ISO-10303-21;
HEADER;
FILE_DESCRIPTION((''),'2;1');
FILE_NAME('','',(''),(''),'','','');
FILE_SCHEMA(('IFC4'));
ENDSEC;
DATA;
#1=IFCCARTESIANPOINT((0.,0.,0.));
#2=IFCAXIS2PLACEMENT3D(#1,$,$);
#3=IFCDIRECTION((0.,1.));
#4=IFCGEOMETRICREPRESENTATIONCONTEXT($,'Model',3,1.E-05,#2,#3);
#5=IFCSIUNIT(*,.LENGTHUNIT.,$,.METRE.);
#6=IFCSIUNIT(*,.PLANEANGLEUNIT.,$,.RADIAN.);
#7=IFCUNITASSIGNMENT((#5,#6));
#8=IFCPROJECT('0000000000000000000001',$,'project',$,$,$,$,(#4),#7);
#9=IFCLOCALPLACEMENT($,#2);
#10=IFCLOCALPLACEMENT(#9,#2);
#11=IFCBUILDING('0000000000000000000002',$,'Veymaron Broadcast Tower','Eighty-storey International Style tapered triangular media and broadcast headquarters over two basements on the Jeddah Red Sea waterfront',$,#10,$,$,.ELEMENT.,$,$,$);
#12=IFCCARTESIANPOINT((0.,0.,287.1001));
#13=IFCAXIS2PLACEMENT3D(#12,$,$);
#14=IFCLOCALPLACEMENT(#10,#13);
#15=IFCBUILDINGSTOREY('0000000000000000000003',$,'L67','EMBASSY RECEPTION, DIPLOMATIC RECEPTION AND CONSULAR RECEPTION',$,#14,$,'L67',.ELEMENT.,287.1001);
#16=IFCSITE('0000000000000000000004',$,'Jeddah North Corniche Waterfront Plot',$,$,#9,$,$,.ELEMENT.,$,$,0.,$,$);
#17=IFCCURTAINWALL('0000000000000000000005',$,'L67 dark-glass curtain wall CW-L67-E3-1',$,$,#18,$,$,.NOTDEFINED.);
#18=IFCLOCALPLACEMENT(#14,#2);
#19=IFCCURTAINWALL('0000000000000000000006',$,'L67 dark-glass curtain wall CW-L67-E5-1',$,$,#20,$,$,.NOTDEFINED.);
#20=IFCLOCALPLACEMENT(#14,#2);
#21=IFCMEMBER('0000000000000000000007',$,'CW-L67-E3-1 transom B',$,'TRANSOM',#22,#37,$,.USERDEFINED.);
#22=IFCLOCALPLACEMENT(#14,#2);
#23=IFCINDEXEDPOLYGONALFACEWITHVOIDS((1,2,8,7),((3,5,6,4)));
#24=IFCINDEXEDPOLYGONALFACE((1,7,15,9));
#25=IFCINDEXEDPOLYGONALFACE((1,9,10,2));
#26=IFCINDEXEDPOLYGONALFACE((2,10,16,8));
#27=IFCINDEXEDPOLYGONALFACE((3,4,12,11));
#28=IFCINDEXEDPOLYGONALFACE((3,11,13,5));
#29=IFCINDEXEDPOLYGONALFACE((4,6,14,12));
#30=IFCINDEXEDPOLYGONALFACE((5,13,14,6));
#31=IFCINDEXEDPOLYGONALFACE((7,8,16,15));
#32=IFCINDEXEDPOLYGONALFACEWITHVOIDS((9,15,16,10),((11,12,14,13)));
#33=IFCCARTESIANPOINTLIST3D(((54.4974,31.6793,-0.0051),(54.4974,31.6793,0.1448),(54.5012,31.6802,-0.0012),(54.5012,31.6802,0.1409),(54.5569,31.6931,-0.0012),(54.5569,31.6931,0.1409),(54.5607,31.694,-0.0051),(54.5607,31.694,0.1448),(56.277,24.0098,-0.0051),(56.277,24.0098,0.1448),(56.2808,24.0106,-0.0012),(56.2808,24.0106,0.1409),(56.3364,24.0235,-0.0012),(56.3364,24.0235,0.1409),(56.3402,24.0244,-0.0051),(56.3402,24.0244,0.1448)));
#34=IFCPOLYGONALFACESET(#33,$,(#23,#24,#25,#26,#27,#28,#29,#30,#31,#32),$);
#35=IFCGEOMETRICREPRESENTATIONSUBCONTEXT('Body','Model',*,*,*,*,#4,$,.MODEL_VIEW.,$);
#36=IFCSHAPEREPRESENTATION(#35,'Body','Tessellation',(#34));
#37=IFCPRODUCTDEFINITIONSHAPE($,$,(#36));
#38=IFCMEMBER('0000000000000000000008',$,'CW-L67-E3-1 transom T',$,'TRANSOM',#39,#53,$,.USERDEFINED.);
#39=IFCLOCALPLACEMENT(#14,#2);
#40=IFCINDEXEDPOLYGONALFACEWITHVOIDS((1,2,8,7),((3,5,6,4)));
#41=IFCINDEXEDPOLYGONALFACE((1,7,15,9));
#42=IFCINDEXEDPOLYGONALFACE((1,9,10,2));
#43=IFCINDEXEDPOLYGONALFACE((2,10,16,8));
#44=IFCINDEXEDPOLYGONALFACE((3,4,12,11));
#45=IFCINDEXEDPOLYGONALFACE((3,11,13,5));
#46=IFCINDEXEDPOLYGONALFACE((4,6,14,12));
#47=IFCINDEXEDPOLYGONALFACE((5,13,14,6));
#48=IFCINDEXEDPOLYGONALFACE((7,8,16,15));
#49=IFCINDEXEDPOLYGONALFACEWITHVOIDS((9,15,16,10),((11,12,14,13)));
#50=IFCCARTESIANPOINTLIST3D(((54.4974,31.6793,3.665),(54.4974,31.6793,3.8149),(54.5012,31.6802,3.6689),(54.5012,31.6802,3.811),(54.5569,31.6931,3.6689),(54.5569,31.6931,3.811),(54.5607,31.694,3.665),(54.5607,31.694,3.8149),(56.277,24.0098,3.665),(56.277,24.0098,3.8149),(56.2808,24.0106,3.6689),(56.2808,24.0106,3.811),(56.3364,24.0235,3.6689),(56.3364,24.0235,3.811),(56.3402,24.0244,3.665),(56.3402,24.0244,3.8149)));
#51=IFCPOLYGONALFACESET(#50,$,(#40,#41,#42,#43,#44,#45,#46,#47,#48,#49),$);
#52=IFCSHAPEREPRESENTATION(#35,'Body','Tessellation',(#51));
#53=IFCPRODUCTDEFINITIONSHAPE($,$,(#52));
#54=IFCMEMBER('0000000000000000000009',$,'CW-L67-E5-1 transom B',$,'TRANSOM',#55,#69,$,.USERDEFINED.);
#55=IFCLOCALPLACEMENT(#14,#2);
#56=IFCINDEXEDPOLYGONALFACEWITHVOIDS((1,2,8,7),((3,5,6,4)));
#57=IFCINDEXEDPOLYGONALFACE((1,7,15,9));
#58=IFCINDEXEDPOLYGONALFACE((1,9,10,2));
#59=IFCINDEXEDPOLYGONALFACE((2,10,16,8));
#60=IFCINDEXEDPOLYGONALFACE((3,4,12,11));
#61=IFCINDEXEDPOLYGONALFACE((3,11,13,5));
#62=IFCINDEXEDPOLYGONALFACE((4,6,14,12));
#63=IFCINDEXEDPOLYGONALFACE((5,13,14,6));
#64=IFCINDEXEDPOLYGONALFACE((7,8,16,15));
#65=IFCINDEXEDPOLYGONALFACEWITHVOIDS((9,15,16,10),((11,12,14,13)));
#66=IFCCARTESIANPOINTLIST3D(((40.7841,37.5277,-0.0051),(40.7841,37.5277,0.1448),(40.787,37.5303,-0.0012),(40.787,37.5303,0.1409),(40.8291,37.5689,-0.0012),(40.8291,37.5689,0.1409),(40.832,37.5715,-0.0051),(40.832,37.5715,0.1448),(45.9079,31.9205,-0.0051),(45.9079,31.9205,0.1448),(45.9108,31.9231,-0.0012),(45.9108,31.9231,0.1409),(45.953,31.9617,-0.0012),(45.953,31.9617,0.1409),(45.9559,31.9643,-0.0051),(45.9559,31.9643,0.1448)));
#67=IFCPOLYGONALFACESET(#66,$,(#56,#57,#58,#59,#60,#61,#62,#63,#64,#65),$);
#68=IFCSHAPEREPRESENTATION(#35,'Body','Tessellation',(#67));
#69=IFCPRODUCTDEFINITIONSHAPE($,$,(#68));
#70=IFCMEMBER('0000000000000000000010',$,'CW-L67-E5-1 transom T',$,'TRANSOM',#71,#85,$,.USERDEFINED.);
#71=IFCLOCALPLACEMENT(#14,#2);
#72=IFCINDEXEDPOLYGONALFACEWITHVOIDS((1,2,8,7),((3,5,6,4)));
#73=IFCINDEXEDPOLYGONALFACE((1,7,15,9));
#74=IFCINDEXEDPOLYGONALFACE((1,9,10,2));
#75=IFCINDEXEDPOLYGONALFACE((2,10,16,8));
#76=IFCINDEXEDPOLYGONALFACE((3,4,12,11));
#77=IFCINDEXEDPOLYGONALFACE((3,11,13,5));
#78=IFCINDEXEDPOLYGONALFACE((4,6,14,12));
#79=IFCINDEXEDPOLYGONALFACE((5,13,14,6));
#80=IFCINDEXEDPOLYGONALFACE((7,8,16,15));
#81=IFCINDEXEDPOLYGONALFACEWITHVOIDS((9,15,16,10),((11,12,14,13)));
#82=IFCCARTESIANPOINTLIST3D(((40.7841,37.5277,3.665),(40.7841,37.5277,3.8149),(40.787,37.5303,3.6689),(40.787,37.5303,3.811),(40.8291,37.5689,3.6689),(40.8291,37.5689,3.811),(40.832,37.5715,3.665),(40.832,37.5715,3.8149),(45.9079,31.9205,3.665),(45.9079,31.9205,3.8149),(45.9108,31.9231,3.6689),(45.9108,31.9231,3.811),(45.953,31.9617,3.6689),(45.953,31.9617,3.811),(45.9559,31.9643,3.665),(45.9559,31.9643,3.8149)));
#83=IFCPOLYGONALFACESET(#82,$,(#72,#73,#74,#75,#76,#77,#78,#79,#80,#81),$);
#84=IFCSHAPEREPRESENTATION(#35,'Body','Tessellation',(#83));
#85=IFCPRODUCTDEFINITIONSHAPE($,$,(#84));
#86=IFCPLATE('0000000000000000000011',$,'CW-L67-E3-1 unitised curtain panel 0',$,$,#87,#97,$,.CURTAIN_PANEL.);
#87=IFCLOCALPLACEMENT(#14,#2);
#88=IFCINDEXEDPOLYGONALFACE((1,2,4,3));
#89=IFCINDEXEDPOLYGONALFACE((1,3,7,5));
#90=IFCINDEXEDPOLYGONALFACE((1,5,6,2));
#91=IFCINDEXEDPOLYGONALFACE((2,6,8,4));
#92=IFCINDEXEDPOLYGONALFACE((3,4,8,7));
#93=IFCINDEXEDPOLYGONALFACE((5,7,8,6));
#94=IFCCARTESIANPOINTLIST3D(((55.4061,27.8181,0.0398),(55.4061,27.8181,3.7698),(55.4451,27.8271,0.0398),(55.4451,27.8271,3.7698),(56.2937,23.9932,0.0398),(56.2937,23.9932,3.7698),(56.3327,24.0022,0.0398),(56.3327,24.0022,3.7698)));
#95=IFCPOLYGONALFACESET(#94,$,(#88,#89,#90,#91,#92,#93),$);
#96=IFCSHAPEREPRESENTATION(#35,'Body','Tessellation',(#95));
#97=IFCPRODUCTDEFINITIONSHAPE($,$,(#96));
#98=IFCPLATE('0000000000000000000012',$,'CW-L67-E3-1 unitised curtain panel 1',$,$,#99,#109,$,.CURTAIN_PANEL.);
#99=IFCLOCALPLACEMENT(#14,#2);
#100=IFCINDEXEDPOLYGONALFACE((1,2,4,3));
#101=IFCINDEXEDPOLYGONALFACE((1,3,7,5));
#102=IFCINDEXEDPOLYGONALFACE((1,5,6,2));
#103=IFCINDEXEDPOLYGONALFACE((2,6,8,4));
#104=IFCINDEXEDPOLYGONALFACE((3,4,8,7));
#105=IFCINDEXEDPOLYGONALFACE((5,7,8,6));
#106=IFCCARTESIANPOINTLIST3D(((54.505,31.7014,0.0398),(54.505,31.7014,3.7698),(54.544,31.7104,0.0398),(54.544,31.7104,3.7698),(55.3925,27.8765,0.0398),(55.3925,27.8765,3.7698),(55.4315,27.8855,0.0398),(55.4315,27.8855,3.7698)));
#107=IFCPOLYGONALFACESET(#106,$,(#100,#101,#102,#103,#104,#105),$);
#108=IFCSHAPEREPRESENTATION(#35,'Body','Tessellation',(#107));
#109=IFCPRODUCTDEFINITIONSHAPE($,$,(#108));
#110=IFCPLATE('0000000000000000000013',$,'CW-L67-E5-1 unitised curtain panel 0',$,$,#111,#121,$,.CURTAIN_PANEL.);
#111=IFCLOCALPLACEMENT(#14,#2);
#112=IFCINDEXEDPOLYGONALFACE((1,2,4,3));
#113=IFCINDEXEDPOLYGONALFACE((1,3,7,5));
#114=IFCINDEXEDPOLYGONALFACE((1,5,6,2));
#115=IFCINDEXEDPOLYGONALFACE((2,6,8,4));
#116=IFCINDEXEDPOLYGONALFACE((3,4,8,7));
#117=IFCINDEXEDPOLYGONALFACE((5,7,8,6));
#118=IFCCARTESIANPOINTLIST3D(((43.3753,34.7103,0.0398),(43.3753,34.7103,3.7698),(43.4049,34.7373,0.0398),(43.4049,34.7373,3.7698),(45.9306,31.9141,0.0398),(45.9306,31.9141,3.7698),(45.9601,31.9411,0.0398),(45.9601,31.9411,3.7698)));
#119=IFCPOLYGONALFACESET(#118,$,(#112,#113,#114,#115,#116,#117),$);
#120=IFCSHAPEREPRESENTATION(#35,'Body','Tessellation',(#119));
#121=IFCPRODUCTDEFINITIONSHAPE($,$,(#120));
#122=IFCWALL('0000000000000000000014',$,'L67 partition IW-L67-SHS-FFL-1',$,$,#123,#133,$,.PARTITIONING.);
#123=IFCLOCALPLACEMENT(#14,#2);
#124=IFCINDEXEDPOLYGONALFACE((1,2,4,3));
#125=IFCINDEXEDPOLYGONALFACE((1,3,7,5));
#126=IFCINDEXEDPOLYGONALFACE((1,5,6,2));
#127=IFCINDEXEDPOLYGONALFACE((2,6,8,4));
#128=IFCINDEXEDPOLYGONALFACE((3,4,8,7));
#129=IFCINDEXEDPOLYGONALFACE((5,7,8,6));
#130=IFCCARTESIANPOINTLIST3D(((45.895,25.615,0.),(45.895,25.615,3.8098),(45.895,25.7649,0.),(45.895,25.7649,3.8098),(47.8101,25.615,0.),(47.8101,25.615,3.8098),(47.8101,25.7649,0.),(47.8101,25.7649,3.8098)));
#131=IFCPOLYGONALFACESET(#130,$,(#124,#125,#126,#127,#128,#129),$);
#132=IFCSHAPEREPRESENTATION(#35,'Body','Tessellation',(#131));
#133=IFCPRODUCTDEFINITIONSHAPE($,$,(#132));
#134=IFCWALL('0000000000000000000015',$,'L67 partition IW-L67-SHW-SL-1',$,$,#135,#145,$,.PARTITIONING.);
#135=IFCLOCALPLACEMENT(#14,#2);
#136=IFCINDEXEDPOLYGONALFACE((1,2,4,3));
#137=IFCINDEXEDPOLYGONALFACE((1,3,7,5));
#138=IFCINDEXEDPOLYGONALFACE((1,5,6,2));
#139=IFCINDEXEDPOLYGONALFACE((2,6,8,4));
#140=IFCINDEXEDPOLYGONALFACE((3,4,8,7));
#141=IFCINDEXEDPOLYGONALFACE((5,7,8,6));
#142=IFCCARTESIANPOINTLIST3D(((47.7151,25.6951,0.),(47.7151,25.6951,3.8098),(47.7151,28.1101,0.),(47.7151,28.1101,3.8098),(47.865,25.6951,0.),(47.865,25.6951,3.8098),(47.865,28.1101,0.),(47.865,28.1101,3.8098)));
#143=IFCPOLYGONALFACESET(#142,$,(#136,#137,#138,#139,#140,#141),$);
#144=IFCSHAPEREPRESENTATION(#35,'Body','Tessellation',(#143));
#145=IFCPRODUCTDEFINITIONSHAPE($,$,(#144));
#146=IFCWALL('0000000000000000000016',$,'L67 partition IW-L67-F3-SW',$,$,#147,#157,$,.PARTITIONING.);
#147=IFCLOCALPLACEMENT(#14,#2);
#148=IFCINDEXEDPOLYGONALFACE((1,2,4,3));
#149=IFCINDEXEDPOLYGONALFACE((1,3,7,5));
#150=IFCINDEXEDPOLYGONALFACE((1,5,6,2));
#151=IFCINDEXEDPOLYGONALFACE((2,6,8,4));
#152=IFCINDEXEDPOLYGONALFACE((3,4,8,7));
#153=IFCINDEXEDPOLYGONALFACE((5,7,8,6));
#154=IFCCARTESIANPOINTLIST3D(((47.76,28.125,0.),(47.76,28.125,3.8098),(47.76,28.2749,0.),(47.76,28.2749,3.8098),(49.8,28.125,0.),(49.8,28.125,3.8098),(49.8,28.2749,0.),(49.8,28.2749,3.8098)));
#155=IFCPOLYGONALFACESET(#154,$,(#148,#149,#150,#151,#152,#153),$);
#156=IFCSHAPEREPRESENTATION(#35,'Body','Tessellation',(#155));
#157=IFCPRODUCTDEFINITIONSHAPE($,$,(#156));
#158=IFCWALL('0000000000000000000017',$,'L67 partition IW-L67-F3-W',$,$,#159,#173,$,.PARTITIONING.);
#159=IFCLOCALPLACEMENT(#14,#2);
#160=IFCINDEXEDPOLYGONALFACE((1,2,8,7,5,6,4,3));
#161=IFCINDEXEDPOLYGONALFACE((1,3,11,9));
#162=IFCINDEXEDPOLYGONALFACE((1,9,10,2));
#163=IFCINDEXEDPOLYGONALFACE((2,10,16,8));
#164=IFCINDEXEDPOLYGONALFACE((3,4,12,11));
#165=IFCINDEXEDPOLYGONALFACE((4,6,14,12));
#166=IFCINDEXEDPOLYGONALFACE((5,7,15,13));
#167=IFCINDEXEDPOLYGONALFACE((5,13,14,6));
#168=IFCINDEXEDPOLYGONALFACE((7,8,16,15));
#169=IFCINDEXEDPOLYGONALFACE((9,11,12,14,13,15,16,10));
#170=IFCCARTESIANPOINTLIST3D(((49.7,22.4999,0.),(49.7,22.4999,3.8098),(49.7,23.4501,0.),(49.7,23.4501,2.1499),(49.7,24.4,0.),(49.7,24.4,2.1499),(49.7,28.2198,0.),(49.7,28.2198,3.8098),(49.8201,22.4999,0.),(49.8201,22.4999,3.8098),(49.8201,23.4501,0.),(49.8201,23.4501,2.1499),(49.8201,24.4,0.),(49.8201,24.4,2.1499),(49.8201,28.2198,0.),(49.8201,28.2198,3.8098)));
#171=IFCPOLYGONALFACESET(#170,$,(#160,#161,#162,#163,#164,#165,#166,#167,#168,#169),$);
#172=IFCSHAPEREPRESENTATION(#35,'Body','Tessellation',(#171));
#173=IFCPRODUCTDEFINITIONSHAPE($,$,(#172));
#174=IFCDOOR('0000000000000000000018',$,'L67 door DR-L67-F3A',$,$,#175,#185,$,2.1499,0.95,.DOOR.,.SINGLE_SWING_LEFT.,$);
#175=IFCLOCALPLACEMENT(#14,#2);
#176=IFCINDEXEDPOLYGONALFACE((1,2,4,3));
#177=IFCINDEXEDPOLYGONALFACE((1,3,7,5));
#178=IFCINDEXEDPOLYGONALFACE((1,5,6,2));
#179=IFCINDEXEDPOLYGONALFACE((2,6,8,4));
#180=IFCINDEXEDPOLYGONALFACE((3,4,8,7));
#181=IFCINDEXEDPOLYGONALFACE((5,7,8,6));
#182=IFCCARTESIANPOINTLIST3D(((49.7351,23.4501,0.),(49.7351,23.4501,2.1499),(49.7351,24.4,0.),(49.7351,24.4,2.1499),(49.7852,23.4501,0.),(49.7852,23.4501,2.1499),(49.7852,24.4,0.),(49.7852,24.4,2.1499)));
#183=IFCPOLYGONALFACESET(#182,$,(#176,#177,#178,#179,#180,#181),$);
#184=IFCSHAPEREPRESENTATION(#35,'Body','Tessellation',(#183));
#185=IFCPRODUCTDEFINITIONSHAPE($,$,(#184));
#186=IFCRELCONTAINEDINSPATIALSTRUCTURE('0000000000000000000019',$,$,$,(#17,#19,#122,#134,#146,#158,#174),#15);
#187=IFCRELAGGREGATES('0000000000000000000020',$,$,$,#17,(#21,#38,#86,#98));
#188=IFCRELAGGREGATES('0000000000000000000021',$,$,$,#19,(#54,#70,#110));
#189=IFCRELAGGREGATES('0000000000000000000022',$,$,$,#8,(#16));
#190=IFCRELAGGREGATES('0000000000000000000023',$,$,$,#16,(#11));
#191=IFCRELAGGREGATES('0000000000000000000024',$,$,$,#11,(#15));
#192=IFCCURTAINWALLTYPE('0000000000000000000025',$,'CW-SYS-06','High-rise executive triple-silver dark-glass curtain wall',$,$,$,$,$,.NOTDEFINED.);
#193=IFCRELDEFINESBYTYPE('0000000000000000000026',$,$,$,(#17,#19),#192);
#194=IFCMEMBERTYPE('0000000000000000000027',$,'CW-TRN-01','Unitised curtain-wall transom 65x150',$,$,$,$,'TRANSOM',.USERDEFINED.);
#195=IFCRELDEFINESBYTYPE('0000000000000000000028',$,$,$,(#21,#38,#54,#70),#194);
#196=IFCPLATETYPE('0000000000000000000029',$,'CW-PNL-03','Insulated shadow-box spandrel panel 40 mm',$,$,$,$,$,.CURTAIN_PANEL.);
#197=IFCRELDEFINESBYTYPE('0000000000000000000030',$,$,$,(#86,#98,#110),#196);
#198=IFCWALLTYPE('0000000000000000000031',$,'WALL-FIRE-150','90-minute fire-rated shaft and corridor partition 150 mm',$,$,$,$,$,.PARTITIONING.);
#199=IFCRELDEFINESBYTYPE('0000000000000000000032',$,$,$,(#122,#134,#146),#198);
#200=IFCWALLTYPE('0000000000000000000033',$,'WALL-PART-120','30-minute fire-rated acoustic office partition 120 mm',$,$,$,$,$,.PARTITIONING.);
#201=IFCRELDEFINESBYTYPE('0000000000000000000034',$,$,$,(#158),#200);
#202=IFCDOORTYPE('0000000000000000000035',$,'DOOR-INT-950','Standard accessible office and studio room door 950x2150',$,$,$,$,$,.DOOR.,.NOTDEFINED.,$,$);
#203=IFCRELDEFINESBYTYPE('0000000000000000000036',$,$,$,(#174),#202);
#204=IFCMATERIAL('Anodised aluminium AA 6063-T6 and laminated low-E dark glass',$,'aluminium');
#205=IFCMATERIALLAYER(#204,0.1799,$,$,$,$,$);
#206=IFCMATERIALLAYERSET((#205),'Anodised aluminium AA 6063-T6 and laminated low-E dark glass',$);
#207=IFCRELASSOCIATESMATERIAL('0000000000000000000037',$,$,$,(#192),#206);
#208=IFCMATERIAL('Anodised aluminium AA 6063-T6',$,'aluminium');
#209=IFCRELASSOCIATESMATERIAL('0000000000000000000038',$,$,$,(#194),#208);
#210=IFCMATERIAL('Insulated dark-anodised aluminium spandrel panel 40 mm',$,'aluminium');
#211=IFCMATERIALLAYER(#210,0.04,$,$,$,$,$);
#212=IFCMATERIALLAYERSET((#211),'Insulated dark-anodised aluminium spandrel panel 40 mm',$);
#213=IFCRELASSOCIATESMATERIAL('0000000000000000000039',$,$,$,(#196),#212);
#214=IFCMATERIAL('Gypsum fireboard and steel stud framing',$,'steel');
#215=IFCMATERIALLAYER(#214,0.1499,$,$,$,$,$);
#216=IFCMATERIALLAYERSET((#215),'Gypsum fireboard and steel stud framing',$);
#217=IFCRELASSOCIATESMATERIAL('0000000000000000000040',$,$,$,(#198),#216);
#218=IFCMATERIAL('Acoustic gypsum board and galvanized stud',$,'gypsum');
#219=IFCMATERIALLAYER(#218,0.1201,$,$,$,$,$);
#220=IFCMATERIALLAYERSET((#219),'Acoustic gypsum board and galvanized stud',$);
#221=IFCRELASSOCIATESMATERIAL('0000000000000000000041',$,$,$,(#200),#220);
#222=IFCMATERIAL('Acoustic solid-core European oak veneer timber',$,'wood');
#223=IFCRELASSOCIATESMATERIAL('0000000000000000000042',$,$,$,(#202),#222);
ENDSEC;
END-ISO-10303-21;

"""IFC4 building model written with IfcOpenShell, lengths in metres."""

from ifc_helpers import new_model, si_unit, direction, frame, frame_2d, origin, origin_2d, place, context, subcontext, project, spatial, rectangle, hollow_rectangle, extrude, material, layer, layer_set, material_profile, profile_set, type_object, element, fill, aggregate, save


model = new_model("IFC4")

# Units and contexts
model_context = context("Model", 3, precision=1e-05, world=origin(), true_north=direction((0.0, 1.0)))
body_context = subcontext(model_context, "Body", "Model", "MODEL_VIEW")
ifc_project = project(units=[si_unit("LENGTHUNIT", "METRE"), si_unit("PLANEANGLEUNIT", "RADIAN")], contexts=[model_context])

# Site, building, storey
site_placement = place(None, origin())
site = spatial("IfcSite", under=ifc_project, at=site_placement, Name="Jeddah North Corniche Waterfront Plot", CompositionType="ELEMENT", RefElevation=0.0)
building_placement = place(site_placement, origin())
building = spatial("IfcBuilding", under=site, at=building_placement, Name="Veymaron Broadcast Tower", Description="Eighty-storey International Style tapered triangular media and broadcast headquarters over two basements on the Jeddah Red Sea waterfront", CompositionType="ELEMENT")
storey_placement = place(building_placement, frame((0.0, 0.0, 287.1001)))
storey = spatial("IfcBuildingStorey", under=building, at=storey_placement, Name="L67", Description="EMBASSY RECEPTION, DIPLOMATIC RECEPTION AND CONSULAR RECEPTION", LongName="L67", CompositionType="ELEMENT", Elevation=287.1001)

# Shared definitions
ifc_material_1 = material(Name="Anodised aluminium AA 6063-T6 and laminated low-E dark glass", Category="aluminium")
ifc_layer_1 = layer(ifc_material_1, 0.1799)
ifc_layer_set_1 = layer_set([ifc_layer_1], Name="Anodised aluminium AA 6063-T6 and laminated low-E dark glass")
curtain_wall_type = type_object("IfcCurtainWallType", Name="CW-SYS-06", Description="High-rise executive triple-silver dark-glass curtain wall", PredefinedType="NOTDEFINED", material=ifc_layer_set_1)
ifc_material_2 = material(Name="Anodised aluminium AA 6063-T6", Category="aluminium")

# Curtain wall
curtain_wall_1_placement = place(storey_placement, origin())
curtain_wall_1 = element("IfcCurtainWall", 1, at=curtain_wall_1_placement, inside=storey, type_object=curtain_wall_type, Name="L67 dark-glass curtain wall CW-L67-E3-1", PredefinedType="NOTDEFINED")

# Curtain wall
curtain_wall_2_placement = place(storey_placement, origin())
curtain_wall_2 = element("IfcCurtainWall", 2, at=curtain_wall_2_placement, inside=storey, type_object=curtain_wall_type, Name="L67 dark-glass curtain wall CW-L67-E5-1", PredefinedType="NOTDEFINED")

# Members
ifc_material_profile_1 = material_profile(ifc_material_2, hollow_rectangle(XDim=0.0649, YDim=0.1499, WallThickness=0.0039, at=origin_2d()), Name="AL150X65X4")
ifc_profile_set_1 = profile_set([ifc_material_profile_1], Name="Anodised aluminium AA 6063-T6")
member_type_1 = type_object("IfcMemberType", Name="CW-TRN-01", Description="Unitised curtain-wall transom 65x150", ElementType="TRANSOM", PredefinedType="USERDEFINED", material=ifc_profile_set_1)
member_1_placement = place(storey_placement, frame((56.3086, 24.0171, 0.0698), z_axis=(-0.226026, 0.974121, 0.0), x_axis=(-0.974121, -0.226026, 0.0)))
member_1 = element("IfcMember", 3, at=member_1_placement, type_object=member_type_1, Name="CW-L67-E3-1 transom B", ObjectType="TRANSOM", PredefinedType="USERDEFINED", context=body_context, shape_type="SweptSolid", body=[
    extrude(hollow_rectangle(XDim=0.0649, YDim=0.1499, WallThickness=0.0039, at=origin_2d()), origin(), (0.0, 0.0, 1.0), 7.8733),
])
member_2_placement = place(storey_placement, frame((56.3086, 24.0171, 3.74), z_axis=(-0.226026, 0.974121, 0.0), x_axis=(-0.974121, -0.226026, 0.0)))
member_2 = element("IfcMember", 4, at=member_2_placement, type_object=member_type_1, Name="CW-L67-E3-1 transom T", ObjectType="TRANSOM", PredefinedType="USERDEFINED", context=body_context, shape_type="SweptSolid", body=[
    extrude(hollow_rectangle(XDim=0.0649, YDim=0.1499, WallThickness=0.0039, at=origin_2d()), origin(), (0.0, 0.0, 1.0), 7.8733),
])
member_3_placement = place(storey_placement, frame((45.9319, 31.9424, 0.0698), z_axis=(-0.67457, 0.738211, 0.0), x_axis=(-0.738211, -0.67457, 0.0)))
member_3 = element("IfcMember", 5, at=member_3_placement, type_object=member_type_1, Name="CW-L67-E5-1 transom B", ObjectType="TRANSOM", PredefinedType="USERDEFINED", context=body_context, shape_type="SweptSolid", body=[
    extrude(hollow_rectangle(XDim=0.0649, YDim=0.1499, WallThickness=0.0039, at=origin_2d()), origin(), (0.0, 0.0, 1.0), 7.5957),
])
member_4_placement = place(storey_placement, frame((45.9319, 31.9424, 3.74), z_axis=(-0.67457, 0.738211, 0.0), x_axis=(-0.738211, -0.67457, 0.0)))
member_4 = element("IfcMember", 6, at=member_4_placement, type_object=member_type_1, Name="CW-L67-E5-1 transom T", ObjectType="TRANSOM", PredefinedType="USERDEFINED", context=body_context, shape_type="SweptSolid", body=[
    extrude(hollow_rectangle(XDim=0.0649, YDim=0.1499, WallThickness=0.0039, at=origin_2d()), origin(), (0.0, 0.0, 1.0), 7.5957),
])

# Plates
ifc_material_3 = material(Name="Insulated dark-anodised aluminium spandrel panel 40 mm", Category="aluminium")
ifc_layer_2 = layer(ifc_material_3, 0.04)
ifc_layer_set_2 = layer_set([ifc_layer_2], Name="Insulated dark-anodised aluminium spandrel panel 40 mm")
plate_type = type_object("IfcPlateType", Name="CW-PNL-03", Description="Insulated shadow-box spandrel panel 40 mm", PredefinedType="CURTAIN_PANEL", material=ifc_layer_set_2)
plate_1_placement = place(storey_placement, frame((55.8694, 25.9102, 0.0398), z_axis=(0.0, 0.0, 1.0), x_axis=(-0.226039, 0.974118, 0.0)))
plate_1 = element("IfcPlate", 7, at=plate_1_placement, type_object=plate_type, Name="CW-L67-E3-1 unitised curtain panel 0", PredefinedType="CURTAIN_PANEL", context=body_context, shape_type="SweptSolid", body=[
    extrude(rectangle(XDim=3.9265, YDim=0.04, at=origin_2d()), origin(), (0.0, 0.0, 1.0), 3.73),
])
plate_2_placement = place(storey_placement, frame((54.9683, 29.7935, 0.0398), z_axis=(0.0, 0.0, 1.0), x_axis=(-0.226039, 0.974118, 0.0)))
plate_2 = element("IfcPlate", 8, at=plate_2_placement, type_object=plate_type, Name="CW-L67-E3-1 unitised curtain panel 1", PredefinedType="CURTAIN_PANEL", context=body_context, shape_type="SweptSolid", body=[
    extrude(rectangle(XDim=3.9265, YDim=0.04, at=origin_2d()), origin(), (0.0, 0.0, 1.0), 3.73),
])
aggregate(curtain_wall_1, [member_1, member_2, plate_1, plate_2])
plate_3_placement = place(storey_placement, frame((44.6677, 33.3257, 0.0398), z_axis=(0.0, 0.0, 1.0), x_axis=(-0.674586, 0.738196, 0.0)))
plate_3 = element("IfcPlate", 9, at=plate_3_placement, type_object=plate_type, Name="CW-L67-E5-1 unitised curtain panel 0", PredefinedType="CURTAIN_PANEL", context=body_context, shape_type="SweptSolid", body=[
    extrude(rectangle(XDim=3.7878, YDim=0.04, at=origin_2d()), origin(), (0.0, 0.0, 1.0), 3.73),
])
aggregate(curtain_wall_2, [member_3, member_4, plate_3])

# Shared definitions
ifc_material_4 = material(Name="Gypsum fireboard and steel stud framing", Category="steel")
ifc_layer_3 = layer(ifc_material_4, 0.1499)
ifc_layer_set_3 = layer_set([ifc_layer_3], Name="Gypsum fireboard and steel stud framing")
wall_type_1 = type_object("IfcWallType", Name="WALL-FIRE-150", Description="90-minute fire-rated shaft and corridor partition 150 mm", PredefinedType="PARTITIONING", material=ifc_layer_set_3)

# Wall
wall_1_placement = place(storey_placement, frame((45.895, 25.6899, 0.0), z_axis=(0.0, 0.0, 1.0), x_axis=(1.0, 0.0, 0.0)))
element("IfcWall", 10, at=wall_1_placement, inside=storey, type_object=wall_type_1, Name="L67 partition IW-L67-SHS-FFL-1", PredefinedType="PARTITIONING", context=body_context, shape_type="SweptSolid", body=[
    extrude(rectangle(XDim=1.915, YDim=0.1499, at=frame_2d((0.9575, 0.0))), origin(), (0.0, 0.0, 1.0), 3.8098),
])

# Walls
wall_2_placement = place(storey_placement, frame((47.79, 25.6951, 0.0), z_axis=(0.0, 0.0, 1.0), x_axis=(0.0, 1.0, 0.0)))
element("IfcWall", 11, at=wall_2_placement, inside=storey, type_object=wall_type_1, Name="L67 partition IW-L67-SHW-SL-1", PredefinedType="PARTITIONING", context=body_context, shape_type="SweptSolid", body=[
    extrude(rectangle(XDim=2.415, YDim=0.1499, at=frame_2d((1.2075, 0.0))), origin(), (0.0, 0.0, 1.0), 3.8098),
])
wall_3_placement = place(storey_placement, frame((47.76, 28.2, 0.0), z_axis=(0.0, 0.0, 1.0), x_axis=(1.0, 0.0, 0.0)))
element("IfcWall", 12, at=wall_3_placement, inside=storey, type_object=wall_type_1, Name="L67 partition IW-L67-F3-SW", PredefinedType="PARTITIONING", context=body_context, shape_type="SweptSolid", body=[
    extrude(rectangle(XDim=2.04, YDim=0.1499, at=frame_2d((1.02, 0.0))), origin(), (0.0, 0.0, 1.0), 3.8098),
])

# Wall, opening, door
ifc_material_5 = material(Name="Acoustic gypsum board and galvanized stud", Category="gypsum")
ifc_layer_4 = layer(ifc_material_5, 0.1201)
ifc_layer_set_4 = layer_set([ifc_layer_4], Name="Acoustic gypsum board and galvanized stud")
wall_type_2 = type_object("IfcWallType", Name="WALL-PART-120", Description="30-minute fire-rated acoustic office partition 120 mm", PredefinedType="PARTITIONING", material=ifc_layer_set_4)
wall_4_placement = place(storey_placement, frame((49.76, 22.5, 0.0), z_axis=(0.0, 0.0, 1.0), x_axis=(0.0, 1.0, 0.0)))
wall_4 = element("IfcWall", 13, at=wall_4_placement, inside=storey, type_object=wall_type_2, Name="L67 partition IW-L67-F3-W", PredefinedType="PARTITIONING", context=body_context, shape_type="SweptSolid", body=[
    extrude(rectangle(XDim=5.72, YDim=0.1201, at=frame_2d((2.8599, 0.0))), origin(), (0.0, 0.0, 1.0), 3.8098),
])
opening_1_placement = place(wall_4_placement, frame((0.95, 0.0, 0.0)))
opening_1 = element("IfcOpeningElement", 14, at=opening_1_placement, cuts=wall_4, PredefinedType="OPENING", context=body_context, shape_type="SweptSolid", body=[
    extrude(rectangle(XDim=0.95, YDim=2.1499, at=frame_2d((0.4751, 1.075))), frame((0.0, 0.0701, 0.0), z_axis=(0.0, -1.0, 0.0), x_axis=(1.0, 0.0, 0.0)), (0.0, 0.0, 1.0), 0.1401),
])
ifc_material_6 = material(Name="Acoustic solid-core European oak veneer timber", Category="wood")
door_type_1 = type_object("IfcDoorType", Name="DOOR-INT-950", Description="Standard accessible office and studio room door 950x2150", OperationType="NOTDEFINED", PredefinedType="DOOR", material=ifc_material_6)
door_1_placement = place(opening_1_placement, origin())
door_1 = element("IfcDoor", 15, at=door_1_placement, inside=storey, type_object=door_type_1, Name="L67 door DR-L67-F3A", OperationType="SINGLE_SWING_LEFT", OverallHeight=2.1499, OverallWidth=0.95, PredefinedType="DOOR", context=body_context, shape_type="SweptSolid", body=[
    extrude(rectangle(XDim=0.95, YDim=2.1499, at=frame_2d((0.4751, 1.075))), frame((0.0, 0.0249, 0.0), z_axis=(0.0, -1.0, 0.0), x_axis=(1.0, 0.0, 0.0)), (0.0, 0.0, 1.0), 0.05),
])
fill(opening_1, door_1)

save(model, "model.ifc")
